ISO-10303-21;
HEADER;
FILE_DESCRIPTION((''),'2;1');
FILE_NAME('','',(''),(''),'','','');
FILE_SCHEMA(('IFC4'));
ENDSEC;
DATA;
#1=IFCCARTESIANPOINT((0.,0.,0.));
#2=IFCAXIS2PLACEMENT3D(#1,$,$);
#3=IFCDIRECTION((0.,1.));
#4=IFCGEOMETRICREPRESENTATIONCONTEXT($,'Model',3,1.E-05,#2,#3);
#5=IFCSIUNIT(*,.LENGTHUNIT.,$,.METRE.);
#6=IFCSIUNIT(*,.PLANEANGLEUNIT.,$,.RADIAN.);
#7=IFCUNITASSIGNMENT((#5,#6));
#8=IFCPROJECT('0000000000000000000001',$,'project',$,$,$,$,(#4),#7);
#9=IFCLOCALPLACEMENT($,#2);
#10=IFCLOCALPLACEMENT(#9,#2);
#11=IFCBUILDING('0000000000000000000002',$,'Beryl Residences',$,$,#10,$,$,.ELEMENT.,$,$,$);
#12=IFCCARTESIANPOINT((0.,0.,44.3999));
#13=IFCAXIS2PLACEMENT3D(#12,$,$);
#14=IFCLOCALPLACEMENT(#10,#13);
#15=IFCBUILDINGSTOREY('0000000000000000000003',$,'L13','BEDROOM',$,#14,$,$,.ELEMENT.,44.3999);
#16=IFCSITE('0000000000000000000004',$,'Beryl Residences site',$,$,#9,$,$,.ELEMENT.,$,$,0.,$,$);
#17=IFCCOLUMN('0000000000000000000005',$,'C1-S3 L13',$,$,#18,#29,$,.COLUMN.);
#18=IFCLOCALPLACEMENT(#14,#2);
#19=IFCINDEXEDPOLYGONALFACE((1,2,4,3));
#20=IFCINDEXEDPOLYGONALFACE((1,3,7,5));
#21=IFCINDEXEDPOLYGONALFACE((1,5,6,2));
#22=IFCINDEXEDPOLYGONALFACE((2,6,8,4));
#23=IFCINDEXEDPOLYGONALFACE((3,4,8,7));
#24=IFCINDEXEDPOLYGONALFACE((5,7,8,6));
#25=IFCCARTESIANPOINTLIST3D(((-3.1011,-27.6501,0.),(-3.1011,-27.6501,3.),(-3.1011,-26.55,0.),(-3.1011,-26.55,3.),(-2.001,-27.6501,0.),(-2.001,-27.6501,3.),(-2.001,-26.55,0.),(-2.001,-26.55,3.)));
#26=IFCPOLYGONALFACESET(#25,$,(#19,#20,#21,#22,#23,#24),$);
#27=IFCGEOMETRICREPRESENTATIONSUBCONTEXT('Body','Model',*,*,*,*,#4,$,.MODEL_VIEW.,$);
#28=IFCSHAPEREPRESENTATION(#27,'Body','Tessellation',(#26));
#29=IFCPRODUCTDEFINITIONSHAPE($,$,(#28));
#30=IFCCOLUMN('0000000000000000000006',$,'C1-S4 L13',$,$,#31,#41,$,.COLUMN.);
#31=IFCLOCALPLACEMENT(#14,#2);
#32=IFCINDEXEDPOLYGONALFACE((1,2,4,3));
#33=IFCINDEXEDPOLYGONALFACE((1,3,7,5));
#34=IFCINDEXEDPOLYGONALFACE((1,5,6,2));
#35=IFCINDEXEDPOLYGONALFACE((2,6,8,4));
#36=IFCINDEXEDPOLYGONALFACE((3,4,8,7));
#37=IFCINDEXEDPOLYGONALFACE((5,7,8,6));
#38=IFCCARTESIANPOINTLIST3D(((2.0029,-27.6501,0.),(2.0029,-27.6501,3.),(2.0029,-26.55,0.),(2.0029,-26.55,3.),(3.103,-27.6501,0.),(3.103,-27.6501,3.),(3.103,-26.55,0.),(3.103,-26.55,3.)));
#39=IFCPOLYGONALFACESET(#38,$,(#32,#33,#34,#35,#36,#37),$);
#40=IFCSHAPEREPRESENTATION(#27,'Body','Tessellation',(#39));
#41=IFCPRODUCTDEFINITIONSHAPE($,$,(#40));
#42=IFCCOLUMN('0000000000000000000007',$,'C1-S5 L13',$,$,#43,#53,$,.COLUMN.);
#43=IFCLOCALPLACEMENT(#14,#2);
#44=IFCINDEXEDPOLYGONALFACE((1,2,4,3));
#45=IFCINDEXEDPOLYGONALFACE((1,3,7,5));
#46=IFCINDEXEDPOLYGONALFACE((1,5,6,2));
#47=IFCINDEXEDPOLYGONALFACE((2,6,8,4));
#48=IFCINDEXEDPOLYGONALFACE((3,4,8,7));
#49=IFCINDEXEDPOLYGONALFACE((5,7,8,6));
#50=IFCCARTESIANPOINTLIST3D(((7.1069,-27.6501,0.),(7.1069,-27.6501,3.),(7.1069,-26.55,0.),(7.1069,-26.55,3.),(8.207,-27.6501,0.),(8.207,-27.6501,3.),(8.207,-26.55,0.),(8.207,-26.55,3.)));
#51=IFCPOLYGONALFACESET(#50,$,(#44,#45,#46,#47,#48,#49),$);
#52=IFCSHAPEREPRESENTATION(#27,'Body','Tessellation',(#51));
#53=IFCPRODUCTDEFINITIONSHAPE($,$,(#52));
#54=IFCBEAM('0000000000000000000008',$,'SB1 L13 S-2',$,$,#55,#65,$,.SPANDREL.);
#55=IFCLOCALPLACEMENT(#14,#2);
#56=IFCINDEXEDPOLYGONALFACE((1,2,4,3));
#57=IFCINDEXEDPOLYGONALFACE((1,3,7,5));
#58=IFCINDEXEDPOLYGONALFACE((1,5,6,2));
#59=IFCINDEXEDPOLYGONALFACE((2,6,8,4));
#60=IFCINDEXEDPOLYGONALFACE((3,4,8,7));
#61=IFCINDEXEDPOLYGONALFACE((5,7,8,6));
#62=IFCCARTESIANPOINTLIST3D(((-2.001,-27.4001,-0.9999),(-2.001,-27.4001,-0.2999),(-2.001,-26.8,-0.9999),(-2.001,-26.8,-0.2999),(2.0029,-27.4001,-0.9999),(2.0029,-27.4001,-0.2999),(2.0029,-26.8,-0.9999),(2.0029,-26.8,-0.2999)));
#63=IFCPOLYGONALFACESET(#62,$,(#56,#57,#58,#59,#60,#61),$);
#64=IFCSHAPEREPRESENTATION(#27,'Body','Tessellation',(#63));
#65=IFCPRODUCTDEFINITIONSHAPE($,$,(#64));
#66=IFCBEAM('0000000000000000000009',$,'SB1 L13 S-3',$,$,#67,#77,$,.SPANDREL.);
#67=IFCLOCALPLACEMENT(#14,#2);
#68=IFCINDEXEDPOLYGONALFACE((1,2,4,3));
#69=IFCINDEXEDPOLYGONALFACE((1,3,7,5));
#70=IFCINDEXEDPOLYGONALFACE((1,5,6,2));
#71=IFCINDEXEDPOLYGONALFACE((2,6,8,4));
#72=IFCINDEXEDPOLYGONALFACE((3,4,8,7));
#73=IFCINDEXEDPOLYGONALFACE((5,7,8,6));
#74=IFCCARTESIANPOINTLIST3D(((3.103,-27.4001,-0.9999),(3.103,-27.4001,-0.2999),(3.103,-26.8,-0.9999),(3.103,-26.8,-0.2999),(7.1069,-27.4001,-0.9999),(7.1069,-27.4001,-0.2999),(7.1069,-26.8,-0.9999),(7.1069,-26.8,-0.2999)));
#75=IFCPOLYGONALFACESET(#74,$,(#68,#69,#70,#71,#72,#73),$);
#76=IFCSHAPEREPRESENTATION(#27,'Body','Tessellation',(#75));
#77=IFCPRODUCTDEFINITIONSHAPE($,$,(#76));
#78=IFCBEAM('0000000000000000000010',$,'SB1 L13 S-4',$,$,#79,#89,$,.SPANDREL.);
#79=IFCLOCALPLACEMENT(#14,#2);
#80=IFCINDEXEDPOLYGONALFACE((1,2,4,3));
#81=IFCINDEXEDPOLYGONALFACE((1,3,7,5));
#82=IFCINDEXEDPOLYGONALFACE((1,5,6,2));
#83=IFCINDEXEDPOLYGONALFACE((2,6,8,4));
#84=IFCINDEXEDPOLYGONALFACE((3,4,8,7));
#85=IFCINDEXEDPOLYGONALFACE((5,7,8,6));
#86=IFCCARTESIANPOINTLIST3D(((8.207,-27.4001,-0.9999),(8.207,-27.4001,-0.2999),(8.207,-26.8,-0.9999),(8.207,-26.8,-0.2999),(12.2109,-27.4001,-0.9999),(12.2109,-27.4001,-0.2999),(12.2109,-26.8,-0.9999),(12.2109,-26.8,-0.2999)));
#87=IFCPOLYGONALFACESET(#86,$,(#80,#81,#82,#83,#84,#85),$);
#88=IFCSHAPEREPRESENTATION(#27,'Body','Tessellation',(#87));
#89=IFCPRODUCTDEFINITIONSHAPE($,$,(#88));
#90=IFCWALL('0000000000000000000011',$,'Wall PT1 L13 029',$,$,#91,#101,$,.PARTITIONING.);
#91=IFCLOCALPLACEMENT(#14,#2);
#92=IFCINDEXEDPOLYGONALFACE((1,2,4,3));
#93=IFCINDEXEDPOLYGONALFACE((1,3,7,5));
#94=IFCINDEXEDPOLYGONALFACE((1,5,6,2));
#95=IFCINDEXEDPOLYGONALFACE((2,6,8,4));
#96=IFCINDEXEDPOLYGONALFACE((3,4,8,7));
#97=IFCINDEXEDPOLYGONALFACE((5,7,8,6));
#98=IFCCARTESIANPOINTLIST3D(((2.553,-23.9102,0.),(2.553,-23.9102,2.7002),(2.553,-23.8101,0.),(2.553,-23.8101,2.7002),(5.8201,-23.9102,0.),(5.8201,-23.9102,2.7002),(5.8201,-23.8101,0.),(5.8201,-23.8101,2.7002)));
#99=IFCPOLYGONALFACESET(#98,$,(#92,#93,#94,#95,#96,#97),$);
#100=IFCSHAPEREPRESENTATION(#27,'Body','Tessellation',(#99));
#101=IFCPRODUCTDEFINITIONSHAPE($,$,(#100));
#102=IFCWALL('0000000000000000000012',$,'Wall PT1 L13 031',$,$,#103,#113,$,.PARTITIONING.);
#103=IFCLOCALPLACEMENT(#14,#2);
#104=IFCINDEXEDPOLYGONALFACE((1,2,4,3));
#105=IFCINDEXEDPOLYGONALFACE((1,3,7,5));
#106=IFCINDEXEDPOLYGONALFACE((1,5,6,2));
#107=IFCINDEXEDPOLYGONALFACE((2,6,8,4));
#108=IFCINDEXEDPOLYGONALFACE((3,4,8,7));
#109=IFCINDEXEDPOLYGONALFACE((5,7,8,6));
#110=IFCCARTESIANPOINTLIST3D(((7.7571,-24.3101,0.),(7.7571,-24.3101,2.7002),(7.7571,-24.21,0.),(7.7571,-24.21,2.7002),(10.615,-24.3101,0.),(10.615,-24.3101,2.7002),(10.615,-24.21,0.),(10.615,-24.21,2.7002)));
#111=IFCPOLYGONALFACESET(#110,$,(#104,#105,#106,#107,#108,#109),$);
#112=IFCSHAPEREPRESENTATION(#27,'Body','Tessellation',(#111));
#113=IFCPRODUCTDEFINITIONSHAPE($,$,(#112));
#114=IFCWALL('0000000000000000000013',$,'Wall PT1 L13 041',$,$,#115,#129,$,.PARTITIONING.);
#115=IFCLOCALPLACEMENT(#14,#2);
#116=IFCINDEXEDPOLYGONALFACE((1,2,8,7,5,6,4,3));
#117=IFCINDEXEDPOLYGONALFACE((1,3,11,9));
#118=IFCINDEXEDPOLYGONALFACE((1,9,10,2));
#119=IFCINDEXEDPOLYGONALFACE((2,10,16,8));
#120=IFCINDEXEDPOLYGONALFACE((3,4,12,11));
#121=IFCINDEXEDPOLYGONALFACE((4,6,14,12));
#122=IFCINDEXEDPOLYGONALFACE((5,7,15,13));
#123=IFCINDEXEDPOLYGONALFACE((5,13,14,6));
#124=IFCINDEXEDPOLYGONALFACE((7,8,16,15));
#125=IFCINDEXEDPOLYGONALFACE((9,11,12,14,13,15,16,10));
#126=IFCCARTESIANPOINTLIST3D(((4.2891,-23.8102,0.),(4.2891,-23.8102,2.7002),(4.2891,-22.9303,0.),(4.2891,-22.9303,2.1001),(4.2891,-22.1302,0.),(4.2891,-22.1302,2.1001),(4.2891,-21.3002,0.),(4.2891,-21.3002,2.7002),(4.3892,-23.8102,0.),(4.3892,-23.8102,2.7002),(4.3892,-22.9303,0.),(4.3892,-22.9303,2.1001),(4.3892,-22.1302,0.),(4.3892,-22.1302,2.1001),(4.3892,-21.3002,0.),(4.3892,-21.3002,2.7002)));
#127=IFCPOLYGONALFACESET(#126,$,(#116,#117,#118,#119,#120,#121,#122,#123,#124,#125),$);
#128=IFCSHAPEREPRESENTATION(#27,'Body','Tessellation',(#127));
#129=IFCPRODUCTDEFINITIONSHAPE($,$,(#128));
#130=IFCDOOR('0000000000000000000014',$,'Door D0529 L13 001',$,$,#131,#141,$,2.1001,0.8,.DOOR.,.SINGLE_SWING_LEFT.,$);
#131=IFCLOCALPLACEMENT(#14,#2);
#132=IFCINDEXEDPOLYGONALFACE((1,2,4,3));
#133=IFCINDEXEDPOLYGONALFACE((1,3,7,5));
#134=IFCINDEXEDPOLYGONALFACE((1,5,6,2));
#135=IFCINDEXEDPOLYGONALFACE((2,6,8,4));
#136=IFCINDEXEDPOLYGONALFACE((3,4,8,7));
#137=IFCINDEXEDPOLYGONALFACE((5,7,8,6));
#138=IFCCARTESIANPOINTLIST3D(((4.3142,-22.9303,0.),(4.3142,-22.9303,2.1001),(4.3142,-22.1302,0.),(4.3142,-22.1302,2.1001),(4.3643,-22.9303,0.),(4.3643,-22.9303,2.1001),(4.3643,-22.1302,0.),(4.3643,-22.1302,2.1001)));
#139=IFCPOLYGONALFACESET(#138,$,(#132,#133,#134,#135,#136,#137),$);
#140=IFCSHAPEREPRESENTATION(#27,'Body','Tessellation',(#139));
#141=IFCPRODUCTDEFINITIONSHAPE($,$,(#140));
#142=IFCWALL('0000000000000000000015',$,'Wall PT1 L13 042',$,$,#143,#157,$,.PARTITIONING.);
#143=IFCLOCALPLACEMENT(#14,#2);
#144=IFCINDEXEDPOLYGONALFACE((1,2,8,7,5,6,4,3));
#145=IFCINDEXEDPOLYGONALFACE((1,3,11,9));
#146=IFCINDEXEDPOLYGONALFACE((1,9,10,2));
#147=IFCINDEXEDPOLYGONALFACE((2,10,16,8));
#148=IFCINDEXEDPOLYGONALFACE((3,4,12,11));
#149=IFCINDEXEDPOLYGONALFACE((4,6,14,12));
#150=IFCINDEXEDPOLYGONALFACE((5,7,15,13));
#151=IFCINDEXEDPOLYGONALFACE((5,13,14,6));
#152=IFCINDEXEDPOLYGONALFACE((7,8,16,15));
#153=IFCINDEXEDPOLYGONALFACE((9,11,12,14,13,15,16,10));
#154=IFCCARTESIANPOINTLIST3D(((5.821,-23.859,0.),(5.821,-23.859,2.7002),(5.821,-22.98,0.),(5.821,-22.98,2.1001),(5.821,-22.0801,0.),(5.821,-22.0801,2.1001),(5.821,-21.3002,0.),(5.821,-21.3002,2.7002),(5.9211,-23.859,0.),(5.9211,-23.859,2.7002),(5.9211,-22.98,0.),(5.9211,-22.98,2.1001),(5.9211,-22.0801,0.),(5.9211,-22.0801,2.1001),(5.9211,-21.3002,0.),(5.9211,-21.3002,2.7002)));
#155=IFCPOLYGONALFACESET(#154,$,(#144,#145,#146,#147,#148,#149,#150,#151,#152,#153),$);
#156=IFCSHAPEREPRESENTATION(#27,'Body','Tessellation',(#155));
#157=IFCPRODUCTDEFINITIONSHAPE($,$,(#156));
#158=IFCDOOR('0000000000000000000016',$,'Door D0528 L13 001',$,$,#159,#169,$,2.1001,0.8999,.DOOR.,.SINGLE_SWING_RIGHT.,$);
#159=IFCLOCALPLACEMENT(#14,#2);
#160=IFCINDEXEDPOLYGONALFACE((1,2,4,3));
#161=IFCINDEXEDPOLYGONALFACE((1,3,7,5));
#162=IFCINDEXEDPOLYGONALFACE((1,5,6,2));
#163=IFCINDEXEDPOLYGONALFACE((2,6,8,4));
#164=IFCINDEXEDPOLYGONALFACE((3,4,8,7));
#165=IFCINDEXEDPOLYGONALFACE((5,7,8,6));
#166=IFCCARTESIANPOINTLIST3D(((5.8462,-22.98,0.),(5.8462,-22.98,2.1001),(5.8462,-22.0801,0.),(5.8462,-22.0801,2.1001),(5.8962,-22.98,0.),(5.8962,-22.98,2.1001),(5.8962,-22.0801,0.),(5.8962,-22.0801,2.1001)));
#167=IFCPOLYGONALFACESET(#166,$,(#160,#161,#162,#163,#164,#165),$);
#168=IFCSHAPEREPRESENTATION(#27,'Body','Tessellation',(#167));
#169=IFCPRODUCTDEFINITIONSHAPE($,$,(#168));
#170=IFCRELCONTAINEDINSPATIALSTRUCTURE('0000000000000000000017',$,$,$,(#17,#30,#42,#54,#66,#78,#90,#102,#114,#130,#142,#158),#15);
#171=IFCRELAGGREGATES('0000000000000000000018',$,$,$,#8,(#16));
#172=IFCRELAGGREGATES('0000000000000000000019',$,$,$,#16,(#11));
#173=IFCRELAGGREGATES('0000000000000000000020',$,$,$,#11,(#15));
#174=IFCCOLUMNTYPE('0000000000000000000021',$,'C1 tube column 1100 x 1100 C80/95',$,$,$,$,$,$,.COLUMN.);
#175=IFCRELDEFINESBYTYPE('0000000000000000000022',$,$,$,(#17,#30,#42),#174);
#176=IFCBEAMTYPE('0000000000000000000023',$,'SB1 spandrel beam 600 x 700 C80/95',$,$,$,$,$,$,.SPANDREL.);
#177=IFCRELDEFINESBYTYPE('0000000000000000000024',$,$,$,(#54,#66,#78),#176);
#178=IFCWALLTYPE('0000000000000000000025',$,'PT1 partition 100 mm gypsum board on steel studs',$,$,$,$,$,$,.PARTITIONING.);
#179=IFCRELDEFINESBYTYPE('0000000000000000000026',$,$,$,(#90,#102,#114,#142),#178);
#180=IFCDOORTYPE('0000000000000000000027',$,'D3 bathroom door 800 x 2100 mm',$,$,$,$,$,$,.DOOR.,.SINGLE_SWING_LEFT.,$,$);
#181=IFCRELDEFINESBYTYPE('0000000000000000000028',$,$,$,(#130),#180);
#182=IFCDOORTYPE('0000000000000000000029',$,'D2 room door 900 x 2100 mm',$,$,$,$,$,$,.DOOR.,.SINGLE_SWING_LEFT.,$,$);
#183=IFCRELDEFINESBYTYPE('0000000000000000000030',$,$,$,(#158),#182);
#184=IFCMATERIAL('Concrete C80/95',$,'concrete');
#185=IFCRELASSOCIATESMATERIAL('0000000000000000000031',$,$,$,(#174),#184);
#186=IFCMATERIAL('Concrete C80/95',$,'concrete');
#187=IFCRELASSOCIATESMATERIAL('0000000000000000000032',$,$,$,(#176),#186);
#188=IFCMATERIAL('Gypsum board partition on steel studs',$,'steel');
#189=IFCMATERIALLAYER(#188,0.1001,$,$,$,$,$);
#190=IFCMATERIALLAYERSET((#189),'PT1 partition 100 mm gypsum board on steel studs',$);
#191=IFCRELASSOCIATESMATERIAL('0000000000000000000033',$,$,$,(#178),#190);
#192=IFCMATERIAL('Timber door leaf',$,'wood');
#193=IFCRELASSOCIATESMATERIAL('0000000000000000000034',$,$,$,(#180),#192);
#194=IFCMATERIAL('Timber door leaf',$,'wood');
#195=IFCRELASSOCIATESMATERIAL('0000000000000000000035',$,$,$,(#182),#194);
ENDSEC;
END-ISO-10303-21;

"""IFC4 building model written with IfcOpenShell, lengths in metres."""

from ifc_helpers import new_model, si_unit, direction, frame, frame_2d, origin, origin_2d, place, context, subcontext, project, spatial, rectangle, extrude, material, layer, layer_set, material_profile, profile_set, type_object, element, fill, save


model = new_model("IFC4")

# Units and contexts
model_context = context("Model", 3, precision=1e-05, world=origin(), true_north=direction((0.0, 1.0)))
body_context = subcontext(model_context, "Body", "Model", "MODEL_VIEW")
ifc_project = project(units=[si_unit("LENGTHUNIT", "METRE"), si_unit("PLANEANGLEUNIT", "RADIAN")], contexts=[model_context])

# Site, building, storey
site_placement = place(None, origin())
site = spatial("IfcSite", under=ifc_project, at=site_placement, Name="Beryl Residences site", CompositionType="ELEMENT", RefElevation=0.0)
building_placement = place(site_placement, origin())
building = spatial("IfcBuilding", under=site, at=building_placement, Name="Beryl Residences", CompositionType="ELEMENT")
storey_placement = place(building_placement, frame((0.0, 0.0, 44.3999)))
storey = spatial("IfcBuildingStorey", under=building, at=storey_placement, Name="L13", Description="BEDROOM", CompositionType="ELEMENT", Elevation=44.3999)

# Columns
ifc_material_1 = material(Name="Concrete C80/95", Category="concrete")
ifc_material_profile_1 = material_profile(ifc_material_1, rectangle(XDim=1.1001, YDim=1.1001, at=origin_2d()))
ifc_profile_set_1 = profile_set([ifc_material_profile_1], Name="Concrete C80/95")
column_type = type_object("IfcColumnType", Name="C1 tube column 1100 x 1100 C80/95", PredefinedType="COLUMN", material=ifc_profile_set_1)
for number, where, z_axis, x_axis, name in (
    (1, (-2.551, -27.1001, 0.0), (0.0, 0.0, 1.0), (1.0, 0.0, 0.0), "C1-S3 L13"),
    (2, (2.553, -27.1001, 0.0), (0.0, 0.0, 1.0), (1.0, 0.0, 0.0), "C1-S4 L13"),
    (3, (7.657, -27.1001, 0.0), (0.0, 0.0, 1.0), (1.0, 0.0, 0.0), "C1-S5 L13"),
):
    element("IfcColumn", number, at=place(storey_placement, frame(where, z_axis=z_axis, x_axis=x_axis)), inside=storey, type_object=column_type, Name=name, PredefinedType="COLUMN", context=body_context, shape_type="SweptSolid", body=[
        extrude(rectangle(XDim=1.1001, YDim=1.1001, at=origin_2d()), origin(), (0.0, 0.0, 1.0), 3.0),
    ])

# Beams
ifc_material_2 = material(Name="Concrete C80/95", Category="concrete")
ifc_material_profile_2 = material_profile(ifc_material_2, rectangle(XDim=0.6001, YDim=0.7, at=origin_2d()))
ifc_profile_set_2 = profile_set([ifc_material_profile_2], Name="Concrete C80/95")
beam_type = type_object("IfcBeamType", Name="SB1 spandrel beam 600 x 700 C80/95", PredefinedType="SPANDREL", material=ifc_profile_set_2)
for number, where, z_axis, x_axis, name in (
    (4, (-2.001, -27.1001, -0.6499), (1.0, 0.0, 0.0), (0.0, 1.0, 0.0), "SB1 L13 S-2"),
    (5, (3.103, -27.1001, -0.6499), (1.0, 0.0, 0.0), (0.0, 1.0, 0.0), "SB1 L13 S-3"),
    (6, (8.207, -27.1001, -0.6499), (1.0, 0.0, 0.0), (0.0, 1.0, 0.0), "SB1 L13 S-4"),
):
    element("IfcBeam", number, at=place(storey_placement, frame(where, z_axis=z_axis, x_axis=x_axis)), inside=storey, type_object=beam_type, Name=name, PredefinedType="SPANDREL", context=body_context, shape_type="SweptSolid", body=[
        extrude(rectangle(XDim=0.6001, YDim=0.7, at=origin_2d()), origin(), (0.0, 0.0, 1.0), 4.0039),
    ])

# Walls
ifc_material_3 = material(Name="Gypsum board partition on steel studs", Category="steel")
ifc_layer_1 = layer(ifc_material_3, 0.1001)
ifc_layer_set_1 = layer_set([ifc_layer_1], Name="PT1 partition 100 mm gypsum board on steel studs")
wall_type_1 = type_object("IfcWallType", Name="PT1 partition 100 mm gypsum board on steel studs", PredefinedType="PARTITIONING", material=ifc_layer_set_1)
wall_1_placement = place(storey_placement, frame((2.553, -23.8601, 0.0), z_axis=(0.0, 0.0, 1.0), x_axis=(1.0, 0.0, 0.0)))
element("IfcWall", 7, at=wall_1_placement, inside=storey, type_object=wall_type_1, Name="Wall PT1 L13 029", PredefinedType="PARTITIONING", context=body_context, shape_type="SweptSolid", body=[
    extrude(rectangle(XDim=3.2671, YDim=0.1001, at=frame_2d((1.6335, 0.0))), origin(), (0.0, 0.0, 1.0), 2.7002),
])
wall_2_placement = place(storey_placement, frame((7.7571, -24.26, 0.0), z_axis=(0.0, 0.0, 1.0), x_axis=(1.0, 0.0, 0.0)))
element("IfcWall", 8, at=wall_2_placement, inside=storey, type_object=wall_type_1, Name="Wall PT1 L13 031", PredefinedType="PARTITIONING", context=body_context, shape_type="SweptSolid", body=[
    extrude(rectangle(XDim=2.8579, YDim=0.1001, at=frame_2d((1.429, 0.0))), origin(), (0.0, 0.0, 1.0), 2.7002),
])

# Walls, openings, doors
wall_3_placement = place(storey_placement, frame((4.3391, -23.8101, 0.0), z_axis=(0.0, 0.0, 1.0), x_axis=(0.0, 1.0, 0.0)))
wall_3 = element("IfcWall", 9, at=wall_3_placement, inside=storey, type_object=wall_type_1, Name="Wall PT1 L13 041", PredefinedType="PARTITIONING", context=body_context, shape_type="SweptSolid", body=[
    extrude(rectangle(XDim=2.51, YDim=0.1001, at=frame_2d((1.2549, 0.0))), origin(), (0.0, 0.0, 1.0), 2.7002),
])
opening_1_placement = place(wall_3_placement, frame((0.8799, 0.0, 0.0)))
opening_1 = element("IfcOpeningElement", 10, at=opening_1_placement, cuts=wall_3, PredefinedType="OPENING", context=body_context, shape_type="SweptSolid", body=[
    extrude(rectangle(XDim=0.8, YDim=2.1001, at=frame_2d((0.3999, 1.05))), frame((0.0, 0.0601, 0.0), z_axis=(0.0, -1.0, 0.0), x_axis=(1.0, 0.0, 0.0)), (0.0, 0.0, 1.0), 0.1201),
])
ifc_material_4 = material(Name="Timber door leaf", Category="wood")
door_type_1 = type_object("IfcDoorType", Name="D3 bathroom door 800 x 2100 mm", OperationType="SINGLE_SWING_LEFT", PredefinedType="DOOR", material=ifc_material_4)
door_1_placement = place(opening_1_placement, origin())
door_1 = element("IfcDoor", 11, at=door_1_placement, inside=storey, type_object=door_type_1, Name="Door D0529 L13 001", OperationType="SINGLE_SWING_LEFT", OverallHeight=2.1001, OverallWidth=0.8, PredefinedType="DOOR", context=body_context, shape_type="SweptSolid", body=[
    extrude(rectangle(XDim=0.8, YDim=2.1001, at=frame_2d((0.3999, 1.05))), frame((0.0, 0.0249, 0.0), z_axis=(0.0, -1.0, 0.0), x_axis=(1.0, 0.0, 0.0)), (0.0, 0.0, 1.0), 0.05),
])
fill(opening_1, door_1)
wall_4_placement = place(storey_placement, frame((5.8711, -23.8589, 0.0), z_axis=(0.0, 0.0, 1.0), x_axis=(0.0, 1.0, 0.0)))
wall_4 = element("IfcWall", 12, at=wall_4_placement, inside=storey, type_object=wall_type_1, Name="Wall PT1 L13 042", PredefinedType="PARTITIONING", context=body_context, shape_type="SweptSolid", body=[
    extrude(rectangle(XDim=2.5588, YDim=0.1001, at=frame_2d((1.2793, 0.0))), origin(), (0.0, 0.0, 1.0), 2.7002),
])
opening_2_placement = place(wall_4_placement, frame((0.8789, 0.0, 0.0)))
opening_2 = element("IfcOpeningElement", 13, at=opening_2_placement, cuts=wall_4, PredefinedType="OPENING", context=body_context, shape_type="SweptSolid", body=[
    extrude(rectangle(XDim=0.8999, YDim=2.1001, at=frame_2d((0.45, 1.05))), frame((0.0, 0.0601, 0.0), z_axis=(0.0, -1.0, 0.0), x_axis=(1.0, 0.0, 0.0)), (0.0, 0.0, 1.0), 0.1201),
])
ifc_material_5 = material(Name="Timber door leaf", Category="wood")
door_type_2 = type_object("IfcDoorType", Name="D2 room door 900 x 2100 mm", OperationType="SINGLE_SWING_LEFT", PredefinedType="DOOR", material=ifc_material_5)
door_2_placement = place(opening_2_placement, origin())
door_2 = element("IfcDoor", 14, at=door_2_placement, inside=storey, type_object=door_type_2, Name="Door D0528 L13 001", OperationType="SINGLE_SWING_RIGHT", OverallHeight=2.1001, OverallWidth=0.8999, PredefinedType="DOOR", context=body_context, shape_type="SweptSolid", body=[
    extrude(rectangle(XDim=0.8999, YDim=2.1001, at=frame_2d((0.45, 1.05))), frame((0.0, 0.0249, 0.0), z_axis=(0.0, -1.0, 0.0), x_axis=(1.0, 0.0, 0.0)), (0.0, 0.0, 1.0), 0.05),
])
fill(opening_2, door_2)

save(model, "model.ifc")
